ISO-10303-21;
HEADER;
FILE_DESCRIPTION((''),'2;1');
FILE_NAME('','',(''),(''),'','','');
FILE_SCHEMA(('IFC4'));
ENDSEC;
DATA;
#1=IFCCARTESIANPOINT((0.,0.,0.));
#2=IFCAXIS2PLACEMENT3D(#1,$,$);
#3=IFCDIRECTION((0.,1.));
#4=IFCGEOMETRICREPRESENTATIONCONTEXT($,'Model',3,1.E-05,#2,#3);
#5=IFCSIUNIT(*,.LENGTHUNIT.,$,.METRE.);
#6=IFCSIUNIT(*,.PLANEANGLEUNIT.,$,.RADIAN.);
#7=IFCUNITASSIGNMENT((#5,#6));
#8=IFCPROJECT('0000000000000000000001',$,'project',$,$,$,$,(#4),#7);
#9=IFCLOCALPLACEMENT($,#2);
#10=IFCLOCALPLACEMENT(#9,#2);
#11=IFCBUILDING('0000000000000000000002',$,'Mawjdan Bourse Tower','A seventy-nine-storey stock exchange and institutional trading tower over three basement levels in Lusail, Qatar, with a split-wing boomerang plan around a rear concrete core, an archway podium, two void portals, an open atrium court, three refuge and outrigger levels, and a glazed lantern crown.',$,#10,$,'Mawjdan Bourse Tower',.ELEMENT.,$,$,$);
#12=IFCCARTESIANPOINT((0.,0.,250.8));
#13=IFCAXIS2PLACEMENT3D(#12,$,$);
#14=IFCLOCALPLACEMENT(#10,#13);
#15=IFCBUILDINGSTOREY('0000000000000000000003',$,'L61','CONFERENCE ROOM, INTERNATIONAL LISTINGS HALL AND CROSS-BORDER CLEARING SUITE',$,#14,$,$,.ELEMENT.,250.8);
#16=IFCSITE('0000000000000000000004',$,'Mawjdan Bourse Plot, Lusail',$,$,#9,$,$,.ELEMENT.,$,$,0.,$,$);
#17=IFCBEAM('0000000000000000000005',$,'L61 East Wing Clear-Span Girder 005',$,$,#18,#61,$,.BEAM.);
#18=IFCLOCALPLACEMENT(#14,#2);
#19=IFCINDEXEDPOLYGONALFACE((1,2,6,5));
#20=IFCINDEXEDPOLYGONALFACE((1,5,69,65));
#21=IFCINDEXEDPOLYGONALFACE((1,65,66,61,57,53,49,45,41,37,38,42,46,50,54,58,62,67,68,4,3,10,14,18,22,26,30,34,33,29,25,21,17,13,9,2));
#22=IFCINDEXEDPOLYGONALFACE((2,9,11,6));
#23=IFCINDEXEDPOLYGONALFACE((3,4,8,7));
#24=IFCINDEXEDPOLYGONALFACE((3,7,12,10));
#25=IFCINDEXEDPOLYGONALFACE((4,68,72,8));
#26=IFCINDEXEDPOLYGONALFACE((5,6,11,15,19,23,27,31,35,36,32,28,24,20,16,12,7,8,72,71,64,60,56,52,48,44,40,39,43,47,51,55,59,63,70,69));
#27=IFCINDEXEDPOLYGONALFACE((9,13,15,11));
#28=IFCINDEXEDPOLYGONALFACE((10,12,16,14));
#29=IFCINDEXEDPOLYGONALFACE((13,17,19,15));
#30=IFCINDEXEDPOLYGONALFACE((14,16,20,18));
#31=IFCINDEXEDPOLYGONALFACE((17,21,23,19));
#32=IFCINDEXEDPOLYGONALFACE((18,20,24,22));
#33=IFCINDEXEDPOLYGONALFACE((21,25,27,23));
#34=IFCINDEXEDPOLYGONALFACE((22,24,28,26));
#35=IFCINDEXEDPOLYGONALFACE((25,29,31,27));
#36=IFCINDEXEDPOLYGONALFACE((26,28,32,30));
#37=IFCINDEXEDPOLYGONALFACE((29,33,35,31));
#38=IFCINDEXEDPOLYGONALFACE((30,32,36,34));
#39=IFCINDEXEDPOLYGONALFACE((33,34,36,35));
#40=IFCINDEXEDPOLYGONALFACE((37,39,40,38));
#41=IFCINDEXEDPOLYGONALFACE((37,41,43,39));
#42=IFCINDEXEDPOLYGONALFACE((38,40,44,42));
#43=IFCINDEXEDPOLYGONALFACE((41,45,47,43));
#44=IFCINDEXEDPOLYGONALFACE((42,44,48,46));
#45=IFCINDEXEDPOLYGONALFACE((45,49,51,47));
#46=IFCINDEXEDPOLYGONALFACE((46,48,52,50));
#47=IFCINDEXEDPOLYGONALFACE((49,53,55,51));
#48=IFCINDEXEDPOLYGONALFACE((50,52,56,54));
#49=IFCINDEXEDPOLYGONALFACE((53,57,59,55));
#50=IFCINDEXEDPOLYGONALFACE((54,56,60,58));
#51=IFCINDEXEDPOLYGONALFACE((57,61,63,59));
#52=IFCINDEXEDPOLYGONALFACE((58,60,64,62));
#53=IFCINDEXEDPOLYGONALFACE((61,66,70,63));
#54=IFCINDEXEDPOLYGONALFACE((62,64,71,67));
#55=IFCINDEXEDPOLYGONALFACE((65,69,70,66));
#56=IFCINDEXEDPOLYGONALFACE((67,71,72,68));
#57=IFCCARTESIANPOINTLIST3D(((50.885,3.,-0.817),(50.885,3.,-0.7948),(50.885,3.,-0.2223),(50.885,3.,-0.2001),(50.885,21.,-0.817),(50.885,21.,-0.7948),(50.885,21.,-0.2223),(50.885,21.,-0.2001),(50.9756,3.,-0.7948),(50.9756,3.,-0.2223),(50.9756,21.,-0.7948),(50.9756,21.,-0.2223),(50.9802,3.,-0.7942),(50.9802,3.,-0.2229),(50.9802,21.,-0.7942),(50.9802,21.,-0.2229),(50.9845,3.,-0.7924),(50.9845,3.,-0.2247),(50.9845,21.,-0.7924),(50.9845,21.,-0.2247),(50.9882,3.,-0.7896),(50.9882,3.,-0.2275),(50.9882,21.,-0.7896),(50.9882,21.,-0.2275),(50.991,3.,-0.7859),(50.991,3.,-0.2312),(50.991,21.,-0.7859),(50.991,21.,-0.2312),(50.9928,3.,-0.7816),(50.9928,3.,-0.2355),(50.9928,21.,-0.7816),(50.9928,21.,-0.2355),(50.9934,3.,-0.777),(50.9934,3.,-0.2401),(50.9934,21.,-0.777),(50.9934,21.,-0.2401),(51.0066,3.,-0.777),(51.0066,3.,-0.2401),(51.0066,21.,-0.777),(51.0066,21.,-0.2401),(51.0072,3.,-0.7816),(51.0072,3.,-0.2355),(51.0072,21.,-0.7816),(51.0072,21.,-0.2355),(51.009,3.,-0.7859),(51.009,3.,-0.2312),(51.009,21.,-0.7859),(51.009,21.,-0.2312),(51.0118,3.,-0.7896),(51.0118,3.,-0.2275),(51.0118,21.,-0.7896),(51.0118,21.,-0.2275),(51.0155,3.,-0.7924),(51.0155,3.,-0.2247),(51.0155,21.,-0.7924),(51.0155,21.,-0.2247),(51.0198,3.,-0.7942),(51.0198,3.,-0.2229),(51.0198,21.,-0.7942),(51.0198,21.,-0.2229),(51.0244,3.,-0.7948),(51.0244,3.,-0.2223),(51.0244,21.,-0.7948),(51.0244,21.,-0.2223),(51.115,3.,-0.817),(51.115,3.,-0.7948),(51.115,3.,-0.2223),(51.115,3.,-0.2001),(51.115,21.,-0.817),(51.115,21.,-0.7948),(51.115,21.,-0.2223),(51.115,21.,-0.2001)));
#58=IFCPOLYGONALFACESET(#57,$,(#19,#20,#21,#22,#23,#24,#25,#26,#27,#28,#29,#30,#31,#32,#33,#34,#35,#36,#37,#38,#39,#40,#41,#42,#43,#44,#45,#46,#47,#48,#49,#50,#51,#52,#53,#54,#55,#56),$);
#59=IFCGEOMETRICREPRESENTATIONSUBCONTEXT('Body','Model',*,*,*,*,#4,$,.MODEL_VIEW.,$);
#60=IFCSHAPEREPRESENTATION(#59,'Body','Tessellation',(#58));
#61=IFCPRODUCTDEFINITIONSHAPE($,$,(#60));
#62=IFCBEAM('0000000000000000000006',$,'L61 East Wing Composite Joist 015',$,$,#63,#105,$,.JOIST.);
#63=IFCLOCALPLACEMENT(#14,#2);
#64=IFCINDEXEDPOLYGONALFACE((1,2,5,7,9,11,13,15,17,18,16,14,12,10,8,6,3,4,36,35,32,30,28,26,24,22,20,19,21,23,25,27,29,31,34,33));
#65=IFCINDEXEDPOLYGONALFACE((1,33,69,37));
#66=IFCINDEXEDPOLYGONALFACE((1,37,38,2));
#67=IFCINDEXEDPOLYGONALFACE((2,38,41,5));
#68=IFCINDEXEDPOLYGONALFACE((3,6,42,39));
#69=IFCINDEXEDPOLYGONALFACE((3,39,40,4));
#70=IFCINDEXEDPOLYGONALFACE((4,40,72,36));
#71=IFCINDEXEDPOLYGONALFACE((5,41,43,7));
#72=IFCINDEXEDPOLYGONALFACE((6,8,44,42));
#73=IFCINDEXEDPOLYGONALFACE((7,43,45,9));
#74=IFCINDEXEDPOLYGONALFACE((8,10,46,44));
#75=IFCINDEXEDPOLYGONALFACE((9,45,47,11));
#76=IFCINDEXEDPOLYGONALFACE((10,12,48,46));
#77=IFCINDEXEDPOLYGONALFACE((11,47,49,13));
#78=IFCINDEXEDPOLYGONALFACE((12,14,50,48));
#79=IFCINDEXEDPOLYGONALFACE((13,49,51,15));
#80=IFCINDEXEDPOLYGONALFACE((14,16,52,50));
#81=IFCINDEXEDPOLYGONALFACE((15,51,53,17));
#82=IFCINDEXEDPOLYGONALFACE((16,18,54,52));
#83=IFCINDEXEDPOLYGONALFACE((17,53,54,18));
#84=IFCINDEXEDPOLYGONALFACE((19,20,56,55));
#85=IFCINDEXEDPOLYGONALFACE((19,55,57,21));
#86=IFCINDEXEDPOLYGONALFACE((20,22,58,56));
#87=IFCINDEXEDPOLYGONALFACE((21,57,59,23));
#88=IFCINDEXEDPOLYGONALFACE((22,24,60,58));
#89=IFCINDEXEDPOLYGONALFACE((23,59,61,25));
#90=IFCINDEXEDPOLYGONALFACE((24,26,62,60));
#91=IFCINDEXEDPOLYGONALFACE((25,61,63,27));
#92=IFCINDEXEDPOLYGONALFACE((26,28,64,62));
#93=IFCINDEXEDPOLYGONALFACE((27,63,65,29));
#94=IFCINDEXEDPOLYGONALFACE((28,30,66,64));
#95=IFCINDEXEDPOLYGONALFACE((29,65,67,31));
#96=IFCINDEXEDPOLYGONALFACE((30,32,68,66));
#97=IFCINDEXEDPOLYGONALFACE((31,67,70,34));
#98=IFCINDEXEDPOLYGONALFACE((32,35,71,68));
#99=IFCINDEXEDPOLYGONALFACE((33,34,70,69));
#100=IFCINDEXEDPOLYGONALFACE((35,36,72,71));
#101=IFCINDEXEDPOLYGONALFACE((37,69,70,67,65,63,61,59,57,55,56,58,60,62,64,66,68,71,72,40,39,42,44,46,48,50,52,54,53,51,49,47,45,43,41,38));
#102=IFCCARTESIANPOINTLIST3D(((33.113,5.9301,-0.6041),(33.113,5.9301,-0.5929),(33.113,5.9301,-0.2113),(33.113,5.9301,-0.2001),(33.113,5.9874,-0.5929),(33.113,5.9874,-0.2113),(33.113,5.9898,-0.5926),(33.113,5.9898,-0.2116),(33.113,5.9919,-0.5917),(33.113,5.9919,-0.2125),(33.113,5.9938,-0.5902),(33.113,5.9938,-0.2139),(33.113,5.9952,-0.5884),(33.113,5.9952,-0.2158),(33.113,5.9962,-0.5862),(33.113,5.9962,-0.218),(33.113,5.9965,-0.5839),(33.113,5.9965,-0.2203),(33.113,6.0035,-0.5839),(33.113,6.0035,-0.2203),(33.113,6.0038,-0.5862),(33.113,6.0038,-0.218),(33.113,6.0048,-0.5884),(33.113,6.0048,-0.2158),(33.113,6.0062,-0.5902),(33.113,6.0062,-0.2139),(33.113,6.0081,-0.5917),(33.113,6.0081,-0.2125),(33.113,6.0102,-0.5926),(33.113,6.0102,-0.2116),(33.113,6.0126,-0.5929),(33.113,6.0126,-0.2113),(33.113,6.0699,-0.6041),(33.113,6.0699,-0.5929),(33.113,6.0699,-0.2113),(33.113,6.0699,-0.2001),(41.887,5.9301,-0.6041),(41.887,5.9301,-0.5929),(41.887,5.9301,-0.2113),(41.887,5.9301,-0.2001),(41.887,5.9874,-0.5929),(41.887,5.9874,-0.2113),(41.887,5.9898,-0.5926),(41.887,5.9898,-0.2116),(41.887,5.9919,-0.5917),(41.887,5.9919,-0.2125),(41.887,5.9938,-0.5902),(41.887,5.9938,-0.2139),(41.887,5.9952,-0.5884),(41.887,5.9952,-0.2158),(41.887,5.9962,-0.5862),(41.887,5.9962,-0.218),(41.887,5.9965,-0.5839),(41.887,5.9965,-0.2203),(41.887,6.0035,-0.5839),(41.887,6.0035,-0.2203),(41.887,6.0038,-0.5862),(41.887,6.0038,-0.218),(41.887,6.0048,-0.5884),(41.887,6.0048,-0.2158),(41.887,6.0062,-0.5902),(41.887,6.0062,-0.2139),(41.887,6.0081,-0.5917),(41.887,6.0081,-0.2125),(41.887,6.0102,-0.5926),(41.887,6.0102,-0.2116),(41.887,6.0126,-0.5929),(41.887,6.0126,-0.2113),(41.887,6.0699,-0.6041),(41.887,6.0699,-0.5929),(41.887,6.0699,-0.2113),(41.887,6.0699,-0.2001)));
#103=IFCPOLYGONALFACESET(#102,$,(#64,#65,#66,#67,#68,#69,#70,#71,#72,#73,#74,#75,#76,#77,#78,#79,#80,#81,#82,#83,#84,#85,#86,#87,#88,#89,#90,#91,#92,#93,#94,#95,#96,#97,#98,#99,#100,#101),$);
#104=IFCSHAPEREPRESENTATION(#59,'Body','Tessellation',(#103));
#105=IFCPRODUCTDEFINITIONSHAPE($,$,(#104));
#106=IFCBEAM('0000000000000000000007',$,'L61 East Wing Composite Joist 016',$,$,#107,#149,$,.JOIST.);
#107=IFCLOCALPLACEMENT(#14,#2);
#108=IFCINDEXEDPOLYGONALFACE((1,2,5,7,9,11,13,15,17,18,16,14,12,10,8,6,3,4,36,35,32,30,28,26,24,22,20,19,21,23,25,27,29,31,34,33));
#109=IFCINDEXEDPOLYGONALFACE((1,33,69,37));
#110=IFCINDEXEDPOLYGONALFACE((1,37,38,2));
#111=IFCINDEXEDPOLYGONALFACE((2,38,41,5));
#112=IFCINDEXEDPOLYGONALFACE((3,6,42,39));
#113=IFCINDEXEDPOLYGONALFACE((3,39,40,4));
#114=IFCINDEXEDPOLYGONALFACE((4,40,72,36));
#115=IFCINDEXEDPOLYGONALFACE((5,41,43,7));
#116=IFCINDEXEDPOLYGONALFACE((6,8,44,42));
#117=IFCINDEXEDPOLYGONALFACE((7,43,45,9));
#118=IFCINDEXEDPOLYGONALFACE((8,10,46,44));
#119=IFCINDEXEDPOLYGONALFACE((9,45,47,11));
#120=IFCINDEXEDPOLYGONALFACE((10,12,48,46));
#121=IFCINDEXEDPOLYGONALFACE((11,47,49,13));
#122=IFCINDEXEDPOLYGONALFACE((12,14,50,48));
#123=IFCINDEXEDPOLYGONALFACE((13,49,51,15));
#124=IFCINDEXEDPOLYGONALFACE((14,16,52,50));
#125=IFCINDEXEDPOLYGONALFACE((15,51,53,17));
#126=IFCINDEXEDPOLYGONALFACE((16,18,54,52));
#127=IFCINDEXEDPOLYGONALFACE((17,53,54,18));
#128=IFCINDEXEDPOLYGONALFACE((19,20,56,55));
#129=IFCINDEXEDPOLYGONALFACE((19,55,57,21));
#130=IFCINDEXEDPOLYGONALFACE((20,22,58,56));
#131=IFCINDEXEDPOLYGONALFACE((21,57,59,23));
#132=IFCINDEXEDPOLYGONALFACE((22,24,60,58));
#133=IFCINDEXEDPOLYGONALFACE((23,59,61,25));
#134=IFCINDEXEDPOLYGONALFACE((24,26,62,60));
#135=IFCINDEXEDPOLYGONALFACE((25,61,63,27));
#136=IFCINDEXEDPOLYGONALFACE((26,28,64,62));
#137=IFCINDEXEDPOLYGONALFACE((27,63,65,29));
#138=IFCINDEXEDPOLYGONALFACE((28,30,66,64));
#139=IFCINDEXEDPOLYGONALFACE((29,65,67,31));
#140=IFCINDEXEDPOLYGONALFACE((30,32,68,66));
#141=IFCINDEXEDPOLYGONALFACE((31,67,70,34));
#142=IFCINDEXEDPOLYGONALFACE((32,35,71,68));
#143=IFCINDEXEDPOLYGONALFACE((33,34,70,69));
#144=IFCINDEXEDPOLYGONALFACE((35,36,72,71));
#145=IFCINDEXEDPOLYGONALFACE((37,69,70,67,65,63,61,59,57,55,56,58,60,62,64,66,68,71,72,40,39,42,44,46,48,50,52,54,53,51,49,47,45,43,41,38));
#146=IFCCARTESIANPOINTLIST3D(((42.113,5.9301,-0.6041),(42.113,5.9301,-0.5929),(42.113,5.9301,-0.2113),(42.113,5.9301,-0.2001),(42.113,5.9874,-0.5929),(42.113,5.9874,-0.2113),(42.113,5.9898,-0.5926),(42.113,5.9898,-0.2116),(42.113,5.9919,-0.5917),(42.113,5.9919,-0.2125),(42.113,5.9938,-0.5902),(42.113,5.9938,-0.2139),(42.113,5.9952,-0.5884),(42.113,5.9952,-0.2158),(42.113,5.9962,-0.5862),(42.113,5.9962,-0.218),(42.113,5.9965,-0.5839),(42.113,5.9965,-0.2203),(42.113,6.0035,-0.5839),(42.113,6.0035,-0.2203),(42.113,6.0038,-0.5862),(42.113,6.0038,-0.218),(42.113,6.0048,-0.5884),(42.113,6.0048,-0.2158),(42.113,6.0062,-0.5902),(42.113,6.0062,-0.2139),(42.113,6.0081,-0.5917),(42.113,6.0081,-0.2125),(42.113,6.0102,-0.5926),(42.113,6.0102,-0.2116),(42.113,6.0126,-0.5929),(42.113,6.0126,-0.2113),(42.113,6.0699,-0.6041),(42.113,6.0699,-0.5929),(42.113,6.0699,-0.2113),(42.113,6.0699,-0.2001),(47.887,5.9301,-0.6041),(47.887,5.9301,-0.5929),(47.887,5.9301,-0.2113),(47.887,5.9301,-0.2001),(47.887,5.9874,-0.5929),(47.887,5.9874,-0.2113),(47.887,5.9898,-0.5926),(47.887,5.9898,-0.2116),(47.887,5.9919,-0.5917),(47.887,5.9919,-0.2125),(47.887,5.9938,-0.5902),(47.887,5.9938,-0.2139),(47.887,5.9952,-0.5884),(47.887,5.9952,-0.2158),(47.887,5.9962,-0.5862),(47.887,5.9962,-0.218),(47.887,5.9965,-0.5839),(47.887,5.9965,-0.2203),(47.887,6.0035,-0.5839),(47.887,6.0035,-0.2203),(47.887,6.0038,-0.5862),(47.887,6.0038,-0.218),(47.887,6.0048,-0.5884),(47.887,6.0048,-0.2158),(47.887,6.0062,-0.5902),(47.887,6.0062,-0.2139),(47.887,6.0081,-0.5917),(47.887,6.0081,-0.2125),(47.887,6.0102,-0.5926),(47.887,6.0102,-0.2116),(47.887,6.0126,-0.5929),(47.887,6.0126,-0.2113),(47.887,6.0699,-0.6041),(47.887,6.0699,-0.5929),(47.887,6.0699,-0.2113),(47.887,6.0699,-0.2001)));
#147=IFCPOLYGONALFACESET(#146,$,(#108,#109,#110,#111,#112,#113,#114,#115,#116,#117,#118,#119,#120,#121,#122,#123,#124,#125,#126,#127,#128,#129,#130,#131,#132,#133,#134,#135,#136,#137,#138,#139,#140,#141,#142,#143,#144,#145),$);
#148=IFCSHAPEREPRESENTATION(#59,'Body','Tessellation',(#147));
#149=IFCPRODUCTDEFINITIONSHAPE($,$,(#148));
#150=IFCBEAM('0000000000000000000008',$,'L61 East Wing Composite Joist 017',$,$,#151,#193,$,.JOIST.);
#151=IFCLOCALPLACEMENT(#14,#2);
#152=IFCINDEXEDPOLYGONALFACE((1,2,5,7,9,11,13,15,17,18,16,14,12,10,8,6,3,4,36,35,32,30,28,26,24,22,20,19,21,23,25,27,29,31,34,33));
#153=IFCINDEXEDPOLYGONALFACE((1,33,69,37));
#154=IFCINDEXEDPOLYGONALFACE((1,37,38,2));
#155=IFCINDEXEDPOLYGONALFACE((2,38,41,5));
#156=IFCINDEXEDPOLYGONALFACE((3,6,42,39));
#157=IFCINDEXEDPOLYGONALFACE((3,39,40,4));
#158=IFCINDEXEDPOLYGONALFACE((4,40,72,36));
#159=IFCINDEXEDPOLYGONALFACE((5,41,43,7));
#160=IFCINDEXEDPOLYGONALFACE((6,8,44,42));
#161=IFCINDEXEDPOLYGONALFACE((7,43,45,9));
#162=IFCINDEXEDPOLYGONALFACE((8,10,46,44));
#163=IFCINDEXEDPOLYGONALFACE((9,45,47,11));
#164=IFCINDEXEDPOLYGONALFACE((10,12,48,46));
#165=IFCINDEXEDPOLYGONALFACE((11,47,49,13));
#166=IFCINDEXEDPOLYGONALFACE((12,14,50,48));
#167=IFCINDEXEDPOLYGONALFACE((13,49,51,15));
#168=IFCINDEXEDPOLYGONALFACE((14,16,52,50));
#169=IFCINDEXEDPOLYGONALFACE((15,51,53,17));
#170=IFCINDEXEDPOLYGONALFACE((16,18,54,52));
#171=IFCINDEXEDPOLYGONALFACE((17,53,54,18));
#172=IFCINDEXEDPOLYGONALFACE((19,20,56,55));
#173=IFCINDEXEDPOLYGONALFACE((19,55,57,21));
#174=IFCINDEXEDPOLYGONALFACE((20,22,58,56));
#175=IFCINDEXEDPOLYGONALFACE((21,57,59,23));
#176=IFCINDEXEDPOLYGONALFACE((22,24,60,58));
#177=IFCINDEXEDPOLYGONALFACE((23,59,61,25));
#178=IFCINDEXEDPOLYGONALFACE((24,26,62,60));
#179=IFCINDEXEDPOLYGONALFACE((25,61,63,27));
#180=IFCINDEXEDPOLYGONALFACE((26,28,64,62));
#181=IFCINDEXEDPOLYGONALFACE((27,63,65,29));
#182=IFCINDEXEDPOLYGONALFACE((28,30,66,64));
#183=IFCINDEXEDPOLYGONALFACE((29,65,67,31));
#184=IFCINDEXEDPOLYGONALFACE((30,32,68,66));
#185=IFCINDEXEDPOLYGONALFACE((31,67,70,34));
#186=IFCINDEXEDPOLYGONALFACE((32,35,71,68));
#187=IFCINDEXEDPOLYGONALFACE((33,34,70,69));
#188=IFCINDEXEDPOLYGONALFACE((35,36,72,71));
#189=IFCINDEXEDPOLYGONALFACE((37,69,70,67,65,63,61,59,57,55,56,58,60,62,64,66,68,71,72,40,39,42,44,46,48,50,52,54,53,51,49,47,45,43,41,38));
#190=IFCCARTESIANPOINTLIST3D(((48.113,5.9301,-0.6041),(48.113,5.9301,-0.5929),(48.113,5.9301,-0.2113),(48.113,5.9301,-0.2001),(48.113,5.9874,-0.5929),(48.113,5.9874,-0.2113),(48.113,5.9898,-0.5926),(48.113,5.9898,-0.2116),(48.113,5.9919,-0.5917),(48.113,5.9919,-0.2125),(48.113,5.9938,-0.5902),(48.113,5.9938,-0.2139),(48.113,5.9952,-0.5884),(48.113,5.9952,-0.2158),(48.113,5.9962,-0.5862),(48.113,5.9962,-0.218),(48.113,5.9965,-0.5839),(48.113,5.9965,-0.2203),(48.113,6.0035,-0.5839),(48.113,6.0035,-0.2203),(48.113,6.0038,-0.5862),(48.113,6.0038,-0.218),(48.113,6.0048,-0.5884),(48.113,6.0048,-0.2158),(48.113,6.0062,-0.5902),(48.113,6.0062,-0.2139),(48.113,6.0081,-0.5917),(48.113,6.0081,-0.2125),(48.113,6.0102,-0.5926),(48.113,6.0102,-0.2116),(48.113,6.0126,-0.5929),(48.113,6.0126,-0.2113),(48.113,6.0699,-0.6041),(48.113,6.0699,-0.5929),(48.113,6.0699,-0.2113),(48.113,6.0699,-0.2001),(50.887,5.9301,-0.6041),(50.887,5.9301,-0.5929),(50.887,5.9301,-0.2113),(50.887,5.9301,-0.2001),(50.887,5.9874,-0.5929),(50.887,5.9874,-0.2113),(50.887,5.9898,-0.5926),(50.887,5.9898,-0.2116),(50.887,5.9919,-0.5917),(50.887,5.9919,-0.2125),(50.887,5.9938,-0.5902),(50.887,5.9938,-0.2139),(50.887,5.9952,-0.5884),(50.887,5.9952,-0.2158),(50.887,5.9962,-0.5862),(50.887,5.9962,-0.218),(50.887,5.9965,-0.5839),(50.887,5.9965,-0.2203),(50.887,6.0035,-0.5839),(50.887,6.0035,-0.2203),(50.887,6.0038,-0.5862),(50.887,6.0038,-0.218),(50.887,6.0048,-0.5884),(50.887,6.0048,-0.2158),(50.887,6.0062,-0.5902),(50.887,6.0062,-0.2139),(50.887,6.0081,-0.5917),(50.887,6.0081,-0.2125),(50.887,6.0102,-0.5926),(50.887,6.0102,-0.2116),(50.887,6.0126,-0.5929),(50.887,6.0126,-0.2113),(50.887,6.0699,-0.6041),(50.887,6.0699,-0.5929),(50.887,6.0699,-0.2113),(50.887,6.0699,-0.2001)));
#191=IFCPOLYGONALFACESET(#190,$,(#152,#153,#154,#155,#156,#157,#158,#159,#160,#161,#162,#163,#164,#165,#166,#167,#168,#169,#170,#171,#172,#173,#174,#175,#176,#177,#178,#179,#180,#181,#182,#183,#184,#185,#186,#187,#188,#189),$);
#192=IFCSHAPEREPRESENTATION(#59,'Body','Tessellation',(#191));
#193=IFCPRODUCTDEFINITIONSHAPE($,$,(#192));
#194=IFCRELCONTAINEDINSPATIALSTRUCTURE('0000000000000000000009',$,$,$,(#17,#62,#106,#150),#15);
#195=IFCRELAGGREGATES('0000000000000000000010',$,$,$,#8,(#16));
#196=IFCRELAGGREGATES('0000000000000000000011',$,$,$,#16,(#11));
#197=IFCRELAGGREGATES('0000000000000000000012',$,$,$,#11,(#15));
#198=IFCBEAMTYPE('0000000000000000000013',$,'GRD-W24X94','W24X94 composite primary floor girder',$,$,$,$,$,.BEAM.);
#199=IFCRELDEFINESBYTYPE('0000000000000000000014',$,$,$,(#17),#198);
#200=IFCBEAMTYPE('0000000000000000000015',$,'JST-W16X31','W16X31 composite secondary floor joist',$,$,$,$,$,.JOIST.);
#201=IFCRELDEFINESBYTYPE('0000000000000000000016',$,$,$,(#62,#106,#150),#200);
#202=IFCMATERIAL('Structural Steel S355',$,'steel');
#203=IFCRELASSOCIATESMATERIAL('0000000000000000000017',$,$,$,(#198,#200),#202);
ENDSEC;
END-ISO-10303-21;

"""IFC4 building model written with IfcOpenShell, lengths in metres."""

from ifc_helpers import new_model, si_unit, direction, frame, origin, origin_2d, place, context, subcontext, project, spatial, i_section, extrude, material, material_profile, profile_set, type_object, element, save


model = new_model("IFC4")

# Units and contexts
model_context = context("Model", 3, precision=1e-05, world=origin(), true_north=direction((0.0, 1.0)))
body_context = subcontext(model_context, "Body", "Model", "MODEL_VIEW")
ifc_project = project(units=[si_unit("LENGTHUNIT", "METRE"), si_unit("PLANEANGLEUNIT", "RADIAN")], contexts=[model_context])

# Site, building, storey
site_placement = place(None, origin())
site = spatial("IfcSite", under=ifc_project, at=site_placement, Name="Mawjdan Bourse Plot, Lusail", CompositionType="ELEMENT", RefElevation=0.0)
building_placement = place(site_placement, origin())
building = spatial("IfcBuilding", under=site, at=building_placement, Name="Mawjdan Bourse Tower", Description="A seventy-nine-storey stock exchange and institutional trading tower over three basement levels in Lusail, Qatar, with a split-wing boomerang plan around a rear concrete core, an archway podium, two void portals, an open atrium court, three refuge and outrigger levels, and a glazed lantern crown.", LongName="Mawjdan Bourse Tower", CompositionType="ELEMENT")
storey_placement = place(building_placement, frame((0.0, 0.0, 250.8)))
storey = spatial("IfcBuildingStorey", under=building, at=storey_placement, Name="L61", Description="CONFERENCE ROOM, INTERNATIONAL LISTINGS HALL AND CROSS-BORDER CLEARING SUITE", CompositionType="ELEMENT", Elevation=250.8)

# Beams
ifc_material_1 = material(Name="Structural Steel S355", Category="steel")
ifc_material_profile_1 = material_profile(ifc_material_1, i_section(OverallWidth=0.23, OverallDepth=0.6169, WebThickness=0.0132, FlangeThickness=0.0222, FilletRadius=0.0178, at=origin_2d()), Name="W24X94")
ifc_profile_set_1 = profile_set([ifc_material_profile_1], Name="Structural Steel S355")
beam_type_1 = type_object("IfcBeamType", Name="GRD-W24X94", Description="W24X94 composite primary floor girder", PredefinedType="BEAM", material=ifc_profile_set_1)
for number, where, z_axis, x_axis, name in (
    (1, (51.0, 3.0, -0.5085), (0.0, 1.0, 0.0), (-1.0, 0.0, 0.0), "L61 East Wing Clear-Span Girder 005"),
):
    element("IfcBeam", number, at=place(storey_placement, frame(where, z_axis=z_axis, x_axis=x_axis)), inside=storey, type_object=beam_type_1, Name=name, PredefinedType="BEAM", context=body_context, shape_type="SweptSolid", body=[
        extrude(i_section(OverallWidth=0.23, OverallDepth=0.6169, WebThickness=0.0132, FlangeThickness=0.0222, FilletRadius=0.0178, at=origin_2d()), origin(), (0.0, 0.0, 1.0), 18.0),
    ])
ifc_material_profile_2 = material_profile(ifc_material_1, i_section(OverallWidth=0.1399, OverallDepth=0.4041, WebThickness=0.0071, FlangeThickness=0.0112, FilletRadius=0.009, at=origin_2d()), Name="W16X31")
ifc_profile_set_2 = profile_set([ifc_material_profile_2], Name="Structural Steel S355")
beam_type_2 = type_object("IfcBeamType", Name="JST-W16X31", Description="W16X31 composite secondary floor joist", PredefinedType="JOIST", material=ifc_profile_set_2)
beam_1_placement = place(storey_placement, frame((33.113, 6.0, -0.4021), z_axis=(1.0, 0.0, 0.0), x_axis=(0.0, 1.0, 0.0)))
element("IfcBeam", 2, at=beam_1_placement, inside=storey, type_object=beam_type_2, Name="L61 East Wing Composite Joist 015", PredefinedType="JOIST", context=body_context, shape_type="SweptSolid", body=[
    extrude(i_section(OverallWidth=0.1399, OverallDepth=0.4041, WebThickness=0.0071, FlangeThickness=0.0112, FilletRadius=0.009, at=origin_2d()), origin(), (0.0, 0.0, 1.0), 8.7739),
])
beam_2_placement = place(storey_placement, frame((42.113, 6.0, -0.4021), z_axis=(1.0, 0.0, 0.0), x_axis=(0.0, 1.0, 0.0)))
element("IfcBeam", 3, at=beam_2_placement, inside=storey, type_object=beam_type_2, Name="L61 East Wing Composite Joist 016", PredefinedType="JOIST", context=body_context, shape_type="SweptSolid", body=[
    extrude(i_section(OverallWidth=0.1399, OverallDepth=0.4041, WebThickness=0.0071, FlangeThickness=0.0112, FilletRadius=0.009, at=origin_2d()), origin(), (0.0, 0.0, 1.0), 5.7739),
])
beam_3_placement = place(storey_placement, frame((48.113, 6.0, -0.4021), z_axis=(1.0, 0.0, 0.0), x_axis=(0.0, 1.0, 0.0)))
element("IfcBeam", 4, at=beam_3_placement, inside=storey, type_object=beam_type_2, Name="L61 East Wing Composite Joist 017", PredefinedType="JOIST", context=body_context, shape_type="SweptSolid", body=[
    extrude(i_section(OverallWidth=0.1399, OverallDepth=0.4041, WebThickness=0.0071, FlangeThickness=0.0112, FilletRadius=0.009, at=origin_2d()), origin(), (0.0, 0.0, 1.0), 2.7739),
])

save(model, "model.ifc")
